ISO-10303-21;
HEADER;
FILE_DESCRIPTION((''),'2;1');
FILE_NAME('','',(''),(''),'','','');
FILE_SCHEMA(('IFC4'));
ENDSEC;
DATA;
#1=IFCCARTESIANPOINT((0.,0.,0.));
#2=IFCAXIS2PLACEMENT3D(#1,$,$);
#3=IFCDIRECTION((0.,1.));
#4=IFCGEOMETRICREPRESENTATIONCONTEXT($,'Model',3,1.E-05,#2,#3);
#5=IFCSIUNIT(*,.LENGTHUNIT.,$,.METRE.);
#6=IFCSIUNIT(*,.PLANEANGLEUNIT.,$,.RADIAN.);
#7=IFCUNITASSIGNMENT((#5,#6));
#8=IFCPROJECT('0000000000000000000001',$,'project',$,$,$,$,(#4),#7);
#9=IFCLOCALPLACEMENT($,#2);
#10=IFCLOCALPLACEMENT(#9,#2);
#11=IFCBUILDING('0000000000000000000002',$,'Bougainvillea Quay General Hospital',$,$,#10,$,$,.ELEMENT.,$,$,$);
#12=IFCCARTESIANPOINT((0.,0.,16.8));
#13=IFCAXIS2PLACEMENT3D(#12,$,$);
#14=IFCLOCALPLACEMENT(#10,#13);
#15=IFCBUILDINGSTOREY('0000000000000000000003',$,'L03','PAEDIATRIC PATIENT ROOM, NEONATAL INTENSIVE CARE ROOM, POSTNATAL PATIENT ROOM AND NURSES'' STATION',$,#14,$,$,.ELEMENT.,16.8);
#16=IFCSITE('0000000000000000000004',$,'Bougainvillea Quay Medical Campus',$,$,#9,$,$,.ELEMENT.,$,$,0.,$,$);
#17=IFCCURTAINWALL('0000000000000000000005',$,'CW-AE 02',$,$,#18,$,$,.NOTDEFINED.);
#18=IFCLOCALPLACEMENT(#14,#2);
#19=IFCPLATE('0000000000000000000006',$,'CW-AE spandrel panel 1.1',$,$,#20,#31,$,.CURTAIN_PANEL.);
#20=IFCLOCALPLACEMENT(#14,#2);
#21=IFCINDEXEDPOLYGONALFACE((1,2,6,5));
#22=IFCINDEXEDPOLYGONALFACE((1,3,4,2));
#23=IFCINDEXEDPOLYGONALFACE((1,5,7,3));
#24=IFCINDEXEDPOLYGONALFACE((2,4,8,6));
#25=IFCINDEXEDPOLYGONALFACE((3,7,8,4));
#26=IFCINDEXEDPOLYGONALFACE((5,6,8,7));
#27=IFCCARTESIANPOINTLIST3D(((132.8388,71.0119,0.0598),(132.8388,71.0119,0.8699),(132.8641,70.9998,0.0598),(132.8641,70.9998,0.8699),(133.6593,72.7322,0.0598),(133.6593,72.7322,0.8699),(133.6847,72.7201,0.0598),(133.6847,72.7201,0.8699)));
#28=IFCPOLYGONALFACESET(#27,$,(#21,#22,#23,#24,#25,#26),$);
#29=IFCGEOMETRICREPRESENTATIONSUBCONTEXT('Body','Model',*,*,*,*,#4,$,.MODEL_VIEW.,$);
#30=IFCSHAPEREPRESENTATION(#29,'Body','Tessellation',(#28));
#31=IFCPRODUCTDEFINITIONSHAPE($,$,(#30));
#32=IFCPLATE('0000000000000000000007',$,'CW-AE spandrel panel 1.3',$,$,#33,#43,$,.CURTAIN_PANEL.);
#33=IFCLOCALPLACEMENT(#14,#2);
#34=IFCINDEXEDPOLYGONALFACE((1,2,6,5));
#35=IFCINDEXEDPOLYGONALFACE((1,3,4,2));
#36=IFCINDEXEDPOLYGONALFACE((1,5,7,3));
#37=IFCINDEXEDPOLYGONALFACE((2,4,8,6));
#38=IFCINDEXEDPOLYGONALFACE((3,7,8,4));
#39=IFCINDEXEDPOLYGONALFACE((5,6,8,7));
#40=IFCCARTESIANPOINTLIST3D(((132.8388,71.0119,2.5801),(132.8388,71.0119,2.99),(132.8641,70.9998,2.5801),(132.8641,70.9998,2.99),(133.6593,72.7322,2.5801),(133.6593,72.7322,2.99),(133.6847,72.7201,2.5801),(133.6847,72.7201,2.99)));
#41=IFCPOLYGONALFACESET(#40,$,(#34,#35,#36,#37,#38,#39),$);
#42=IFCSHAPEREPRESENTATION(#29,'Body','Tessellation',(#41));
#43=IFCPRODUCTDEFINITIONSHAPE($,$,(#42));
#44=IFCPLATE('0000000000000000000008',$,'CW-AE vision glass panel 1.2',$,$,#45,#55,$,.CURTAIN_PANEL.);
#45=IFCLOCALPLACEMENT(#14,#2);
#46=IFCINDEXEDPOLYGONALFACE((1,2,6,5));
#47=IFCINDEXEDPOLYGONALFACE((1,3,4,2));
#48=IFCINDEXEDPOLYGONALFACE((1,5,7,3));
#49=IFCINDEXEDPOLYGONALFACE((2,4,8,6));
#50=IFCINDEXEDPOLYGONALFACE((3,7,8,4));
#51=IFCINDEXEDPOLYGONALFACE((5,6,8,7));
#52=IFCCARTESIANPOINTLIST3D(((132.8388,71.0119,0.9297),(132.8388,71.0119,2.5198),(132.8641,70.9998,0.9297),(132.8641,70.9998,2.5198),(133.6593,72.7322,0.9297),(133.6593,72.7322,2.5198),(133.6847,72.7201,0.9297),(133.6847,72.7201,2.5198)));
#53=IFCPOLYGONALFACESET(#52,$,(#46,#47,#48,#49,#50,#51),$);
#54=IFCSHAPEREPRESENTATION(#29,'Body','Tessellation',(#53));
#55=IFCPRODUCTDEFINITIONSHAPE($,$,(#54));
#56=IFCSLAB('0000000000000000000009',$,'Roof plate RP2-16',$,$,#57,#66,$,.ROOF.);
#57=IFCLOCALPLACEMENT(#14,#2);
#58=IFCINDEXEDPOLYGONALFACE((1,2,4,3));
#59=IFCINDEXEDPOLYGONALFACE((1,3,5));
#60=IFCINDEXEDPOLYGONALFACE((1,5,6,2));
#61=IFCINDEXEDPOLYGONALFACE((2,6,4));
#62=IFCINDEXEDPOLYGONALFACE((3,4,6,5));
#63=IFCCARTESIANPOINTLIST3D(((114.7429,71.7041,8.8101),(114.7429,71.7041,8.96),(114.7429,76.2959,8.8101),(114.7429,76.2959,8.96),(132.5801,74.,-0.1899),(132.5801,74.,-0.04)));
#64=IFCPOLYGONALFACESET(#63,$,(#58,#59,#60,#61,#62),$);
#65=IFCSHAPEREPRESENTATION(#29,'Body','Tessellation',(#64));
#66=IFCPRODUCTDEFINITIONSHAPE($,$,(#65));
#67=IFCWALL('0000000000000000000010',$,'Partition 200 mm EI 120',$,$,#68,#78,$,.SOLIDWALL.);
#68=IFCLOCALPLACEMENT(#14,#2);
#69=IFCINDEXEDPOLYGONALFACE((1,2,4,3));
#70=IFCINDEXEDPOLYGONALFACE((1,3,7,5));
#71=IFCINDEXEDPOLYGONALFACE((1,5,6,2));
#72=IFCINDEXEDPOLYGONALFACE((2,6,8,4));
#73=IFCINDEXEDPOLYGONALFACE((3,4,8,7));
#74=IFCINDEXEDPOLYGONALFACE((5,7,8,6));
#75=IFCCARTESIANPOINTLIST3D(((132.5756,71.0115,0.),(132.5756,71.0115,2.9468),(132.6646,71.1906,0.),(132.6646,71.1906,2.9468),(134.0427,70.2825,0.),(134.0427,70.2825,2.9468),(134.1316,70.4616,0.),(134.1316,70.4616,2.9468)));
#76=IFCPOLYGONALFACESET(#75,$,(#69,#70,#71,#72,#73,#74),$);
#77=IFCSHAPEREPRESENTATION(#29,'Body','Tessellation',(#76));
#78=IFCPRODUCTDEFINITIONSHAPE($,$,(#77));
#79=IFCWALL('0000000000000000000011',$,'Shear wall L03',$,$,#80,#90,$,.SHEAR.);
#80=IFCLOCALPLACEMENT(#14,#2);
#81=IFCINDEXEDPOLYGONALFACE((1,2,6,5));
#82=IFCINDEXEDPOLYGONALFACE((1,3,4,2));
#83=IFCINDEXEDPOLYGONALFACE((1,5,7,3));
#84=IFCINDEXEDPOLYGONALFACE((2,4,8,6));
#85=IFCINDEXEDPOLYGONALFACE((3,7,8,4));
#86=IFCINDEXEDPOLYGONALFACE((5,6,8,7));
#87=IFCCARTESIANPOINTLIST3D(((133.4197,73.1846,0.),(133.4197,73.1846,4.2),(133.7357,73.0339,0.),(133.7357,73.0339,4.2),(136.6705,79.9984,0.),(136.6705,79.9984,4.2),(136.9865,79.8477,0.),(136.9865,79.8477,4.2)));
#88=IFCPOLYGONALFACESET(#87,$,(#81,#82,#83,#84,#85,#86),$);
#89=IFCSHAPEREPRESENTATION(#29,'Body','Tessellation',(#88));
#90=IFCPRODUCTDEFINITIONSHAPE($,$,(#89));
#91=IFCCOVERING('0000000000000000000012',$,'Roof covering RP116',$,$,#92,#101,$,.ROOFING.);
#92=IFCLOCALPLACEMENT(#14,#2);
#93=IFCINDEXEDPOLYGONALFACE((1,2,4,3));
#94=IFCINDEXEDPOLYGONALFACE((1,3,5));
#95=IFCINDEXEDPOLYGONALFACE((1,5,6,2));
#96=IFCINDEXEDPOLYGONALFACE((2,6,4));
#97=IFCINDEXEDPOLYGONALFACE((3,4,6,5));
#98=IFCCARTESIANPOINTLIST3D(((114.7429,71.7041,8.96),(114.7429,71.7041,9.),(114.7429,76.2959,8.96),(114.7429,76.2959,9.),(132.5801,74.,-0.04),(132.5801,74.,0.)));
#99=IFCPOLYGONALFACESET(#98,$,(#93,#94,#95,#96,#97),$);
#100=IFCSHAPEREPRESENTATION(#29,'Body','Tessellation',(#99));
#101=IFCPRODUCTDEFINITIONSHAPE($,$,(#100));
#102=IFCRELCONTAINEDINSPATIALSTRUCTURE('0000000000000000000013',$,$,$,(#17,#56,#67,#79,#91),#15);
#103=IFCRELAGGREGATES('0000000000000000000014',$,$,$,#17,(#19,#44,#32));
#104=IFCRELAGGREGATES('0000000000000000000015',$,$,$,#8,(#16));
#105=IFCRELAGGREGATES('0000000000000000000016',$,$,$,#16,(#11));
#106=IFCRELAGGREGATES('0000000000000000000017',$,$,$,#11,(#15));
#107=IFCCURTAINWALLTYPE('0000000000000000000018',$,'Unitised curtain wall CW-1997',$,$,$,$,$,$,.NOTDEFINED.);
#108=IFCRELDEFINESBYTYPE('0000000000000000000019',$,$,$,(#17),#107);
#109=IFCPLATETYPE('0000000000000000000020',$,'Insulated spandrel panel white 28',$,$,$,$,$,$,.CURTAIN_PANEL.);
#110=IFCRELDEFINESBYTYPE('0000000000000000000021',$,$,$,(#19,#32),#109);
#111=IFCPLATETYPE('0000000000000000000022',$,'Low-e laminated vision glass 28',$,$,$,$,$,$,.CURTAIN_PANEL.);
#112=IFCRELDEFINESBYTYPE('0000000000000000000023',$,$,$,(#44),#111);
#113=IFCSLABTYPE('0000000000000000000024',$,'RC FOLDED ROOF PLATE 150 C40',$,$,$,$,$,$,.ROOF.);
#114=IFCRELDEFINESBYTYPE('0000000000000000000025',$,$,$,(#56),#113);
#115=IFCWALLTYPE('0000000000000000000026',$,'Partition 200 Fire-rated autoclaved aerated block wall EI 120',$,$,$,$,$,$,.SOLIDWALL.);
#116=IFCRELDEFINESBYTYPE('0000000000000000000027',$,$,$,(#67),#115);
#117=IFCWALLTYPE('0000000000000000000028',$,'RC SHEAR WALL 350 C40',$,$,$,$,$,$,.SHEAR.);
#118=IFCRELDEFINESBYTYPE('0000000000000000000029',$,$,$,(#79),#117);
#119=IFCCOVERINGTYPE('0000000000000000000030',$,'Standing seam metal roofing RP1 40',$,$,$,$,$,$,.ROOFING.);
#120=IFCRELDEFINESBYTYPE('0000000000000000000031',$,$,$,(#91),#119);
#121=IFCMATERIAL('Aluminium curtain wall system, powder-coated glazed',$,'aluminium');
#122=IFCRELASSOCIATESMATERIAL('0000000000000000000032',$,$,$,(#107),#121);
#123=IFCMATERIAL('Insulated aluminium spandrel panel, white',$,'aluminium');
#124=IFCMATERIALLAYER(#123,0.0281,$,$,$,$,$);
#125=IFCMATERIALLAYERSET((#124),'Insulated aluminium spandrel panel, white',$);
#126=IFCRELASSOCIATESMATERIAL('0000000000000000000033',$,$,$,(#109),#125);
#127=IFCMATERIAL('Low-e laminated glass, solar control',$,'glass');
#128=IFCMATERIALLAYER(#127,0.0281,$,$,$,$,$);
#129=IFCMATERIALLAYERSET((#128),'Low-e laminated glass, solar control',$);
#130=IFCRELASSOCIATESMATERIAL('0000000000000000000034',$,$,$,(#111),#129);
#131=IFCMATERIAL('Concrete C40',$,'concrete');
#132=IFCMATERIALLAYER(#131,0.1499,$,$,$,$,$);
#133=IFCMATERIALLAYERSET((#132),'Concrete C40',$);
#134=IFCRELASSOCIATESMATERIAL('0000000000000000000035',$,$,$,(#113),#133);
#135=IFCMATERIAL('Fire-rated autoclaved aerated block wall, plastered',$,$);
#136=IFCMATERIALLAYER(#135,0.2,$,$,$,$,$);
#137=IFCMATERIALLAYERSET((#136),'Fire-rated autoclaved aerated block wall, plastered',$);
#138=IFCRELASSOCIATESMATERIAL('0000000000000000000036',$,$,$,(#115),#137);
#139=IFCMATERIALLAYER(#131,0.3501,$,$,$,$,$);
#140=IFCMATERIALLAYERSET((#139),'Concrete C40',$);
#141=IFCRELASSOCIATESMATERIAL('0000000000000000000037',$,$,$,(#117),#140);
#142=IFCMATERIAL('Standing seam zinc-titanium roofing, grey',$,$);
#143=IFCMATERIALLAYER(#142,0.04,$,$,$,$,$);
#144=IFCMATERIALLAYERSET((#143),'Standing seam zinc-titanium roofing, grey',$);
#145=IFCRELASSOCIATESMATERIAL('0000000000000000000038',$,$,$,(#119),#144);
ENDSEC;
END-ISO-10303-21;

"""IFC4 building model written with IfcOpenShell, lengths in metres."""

from ifc_helpers import new_model, si_unit, direction, frame, frame_2d, origin, origin_2d, place, context, subcontext, project, spatial, polyline, rectangle, outline, extrude, material, layer, layer_set, type_object, element, aggregate, save


model = new_model("IFC4")

# Units and contexts
model_context = context("Model", 3, precision=1e-05, world=origin(), true_north=direction((0.0, 1.0)))
body_context = subcontext(model_context, "Body", "Model", "MODEL_VIEW")
ifc_project = project(units=[si_unit("LENGTHUNIT", "METRE"), si_unit("PLANEANGLEUNIT", "RADIAN")], contexts=[model_context])

# Site, building, storey
site_placement = place(None, origin())
site = spatial("IfcSite", under=ifc_project, at=site_placement, Name="Bougainvillea Quay Medical Campus", CompositionType="ELEMENT", RefElevation=0.0)
building_placement = place(site_placement, origin())
building = spatial("IfcBuilding", under=site, at=building_placement, Name="Bougainvillea Quay General Hospital", CompositionType="ELEMENT")
storey_placement = place(building_placement, frame((0.0, 0.0, 16.8)))
storey = spatial("IfcBuildingStorey", under=building, at=storey_placement, Name="L03", Description="PAEDIATRIC PATIENT ROOM, NEONATAL INTENSIVE CARE ROOM, POSTNATAL PATIENT ROOM AND NURSES' STATION", CompositionType="ELEMENT", Elevation=16.8)

# Shared definitions
ifc_material_1 = material(Name="Concrete C40", Category="concrete")

# Curtain wall
ifc_material_2 = material(Name="Aluminium curtain wall system, powder-coated glazed", Category="aluminium")
curtain_wall_type = type_object("IfcCurtainWallType", Name="Unitised curtain wall CW-1997", PredefinedType="NOTDEFINED", material=ifc_material_2)
curtain_wall_placement = place(storey_placement, origin())
curtain_wall = element("IfcCurtainWall", 1, at=curtain_wall_placement, inside=storey, type_object=curtain_wall_type, Name="CW-AE 02", PredefinedType="NOTDEFINED")

# Plates
ifc_material_3 = material(Name="Insulated aluminium spandrel panel, white", Category="aluminium")
ifc_layer_1 = layer(ifc_material_3, 0.0281)
ifc_layer_set_1 = layer_set([ifc_layer_1], Name="Insulated aluminium spandrel panel, white")
plate_type_1 = type_object("IfcPlateType", Name="Insulated spandrel panel white 28", PredefinedType="CURTAIN_PANEL", material=ifc_layer_set_1)
plate_1_placement = place(storey_placement, frame((133.2617, 71.866, 0.0598), z_axis=(0.0, 0.0, 1.0), x_axis=(-0.430525, -0.902578, 0.0)))
plate_1 = element("IfcPlate", 2, at=plate_1_placement, type_object=plate_type_1, Name="CW-AE spandrel panel 1.1", PredefinedType="CURTAIN_PANEL", context=body_context, shape_type="SweptSolid", body=[
    extrude(rectangle(XDim=1.906, YDim=0.0281, at=origin_2d()), origin(), (0.0, 0.0, 1.0), 0.8101),
])
plate_2_placement = place(storey_placement, frame((133.2617, 71.866, 2.5801), z_axis=(0.0, 0.0, 1.0), x_axis=(-0.430525, -0.902578, 0.0)))
plate_2 = element("IfcPlate", 3, at=plate_2_placement, type_object=plate_type_1, Name="CW-AE spandrel panel 1.3", PredefinedType="CURTAIN_PANEL", context=body_context, shape_type="SweptSolid", body=[
    extrude(rectangle(XDim=1.906, YDim=0.0281, at=origin_2d()), origin(), (0.0, 0.0, 1.0), 0.4099),
])
ifc_material_4 = material(Name="Low-e laminated glass, solar control", Category="glass")
ifc_layer_2 = layer(ifc_material_4, 0.0281)
ifc_layer_set_2 = layer_set([ifc_layer_2], Name="Low-e laminated glass, solar control")
plate_type_2 = type_object("IfcPlateType", Name="Low-e laminated vision glass 28", PredefinedType="CURTAIN_PANEL", material=ifc_layer_set_2)
plate_3_placement = place(storey_placement, frame((133.2617, 71.866, 0.9297), z_axis=(0.0, 0.0, 1.0), x_axis=(-0.430525, -0.902578, 0.0)))
plate_3 = element("IfcPlate", 4, at=plate_3_placement, type_object=plate_type_2, Name="CW-AE vision glass panel 1.2", PredefinedType="CURTAIN_PANEL", context=body_context, shape_type="SweptSolid", body=[
    extrude(rectangle(XDim=1.906, YDim=0.0281, at=origin_2d()), origin(), (0.0, 0.0, 1.0), 1.5901),
])
aggregate(curtain_wall, [plate_1, plate_3, plate_2])

# Slab
ifc_layer_3 = layer(ifc_material_1, 0.1499)
ifc_layer_set_3 = layer_set([ifc_layer_3], Name="Concrete C40")
slab_type = type_object("IfcSlabType", Name="RC FOLDED ROOF PLATE 150 C40", PredefinedType="ROOF", material=ifc_layer_set_3)
slab_placement = place(storey_placement, frame((132.5801, 74.0, -0.04), z_axis=(0.450471, 0.0, 0.892791), x_axis=(-0.886954, -0.114164, 0.447526)))
element("IfcSlab", 5, at=slab_placement, inside=storey, type_object=slab_type, Name="Roof plate RP2-16", PredefinedType="ROOF", context=body_context, shape_type="SweptSolid", body=[
    extrude(outline(polyline([(0.0, 0.0), (20.1106, 0.0), (19.5864, -4.5618), (0.0, 0.0)])), origin(), (-0.447526, 0.051427, -0.892791), 0.1499),
])

# Walls
ifc_material_5 = material(Name="Fire-rated autoclaved aerated block wall, plastered")
ifc_layer_4 = layer(ifc_material_5, 0.2)
ifc_layer_set_4 = layer_set([ifc_layer_4], Name="Fire-rated autoclaved aerated block wall, plastered")
wall_type_1 = type_object("IfcWallType", Name="Partition 200 Fire-rated autoclaved aerated block wall EI 120", PredefinedType="SOLIDWALL", material=ifc_layer_set_4)
wall_1_placement = place(storey_placement, frame((132.6201, 71.1011, 0.0), z_axis=(0.0, 0.0, 1.0), x_axis=(0.895527, -0.445007, 0.0)))
element("IfcWall", 6, at=wall_1_placement, inside=storey, type_object=wall_type_1, Name="Partition 200 mm EI 120", PredefinedType="SOLIDWALL", context=body_context, shape_type="SweptSolid", body=[
    extrude(rectangle(XDim=1.6382, YDim=0.2, at=frame_2d((0.8191, 0.0))), origin(), (0.0, 0.0, 1.0), 2.9468),
])
ifc_layer_5 = layer(ifc_material_1, 0.3501)
ifc_layer_set_5 = layer_set([ifc_layer_5], Name="Concrete C40")
wall_type_2 = type_object("IfcWallType", Name="RC SHEAR WALL 350 C40", PredefinedType="SHEAR", material=ifc_layer_set_5)
wall_2_placement = place(storey_placement, frame((133.5776, 73.1091, 0.0), z_axis=(0.0, 0.0, 1.0), x_axis=(0.430592, 0.902546, 0.0)))
element("IfcWall", 7, at=wall_2_placement, inside=storey, type_object=wall_type_2, Name="Shear wall L03", PredefinedType="SHEAR", context=body_context, shape_type="SweptSolid", body=[
    extrude(rectangle(XDim=7.5496, YDim=0.3501, at=frame_2d((3.7749, 0.0))), origin(), (0.0, 0.0, 1.0), 4.2),
])

# Covering
ifc_material_6 = material(Name="Standing seam zinc-titanium roofing, grey")
ifc_layer_6 = layer(ifc_material_6, 0.04)
ifc_layer_set_6 = layer_set([ifc_layer_6], Name="Standing seam zinc-titanium roofing, grey")
covering_type = type_object("IfcCoveringType", Name="Standing seam metal roofing RP1 40", PredefinedType="ROOFING", material=ifc_layer_set_6)
covering_placement = place(storey_placement, frame((132.5801, 74.0, 0.0), z_axis=(0.450471, 0.0, 0.892791), x_axis=(-0.886954, -0.114164, 0.447526)))
element("IfcCovering", 8, at=covering_placement, inside=storey, type_object=covering_type, Name="Roof covering RP116", PredefinedType="ROOFING", context=body_context, shape_type="SweptSolid", body=[
    extrude(outline(polyline([(0.0, 0.0), (20.1106, 0.0), (19.5864, -4.5618), (0.0, 0.0)])), origin(), (-0.447526, 0.051427, -0.892791), 0.04),
])

save(model, "model.ifc")
